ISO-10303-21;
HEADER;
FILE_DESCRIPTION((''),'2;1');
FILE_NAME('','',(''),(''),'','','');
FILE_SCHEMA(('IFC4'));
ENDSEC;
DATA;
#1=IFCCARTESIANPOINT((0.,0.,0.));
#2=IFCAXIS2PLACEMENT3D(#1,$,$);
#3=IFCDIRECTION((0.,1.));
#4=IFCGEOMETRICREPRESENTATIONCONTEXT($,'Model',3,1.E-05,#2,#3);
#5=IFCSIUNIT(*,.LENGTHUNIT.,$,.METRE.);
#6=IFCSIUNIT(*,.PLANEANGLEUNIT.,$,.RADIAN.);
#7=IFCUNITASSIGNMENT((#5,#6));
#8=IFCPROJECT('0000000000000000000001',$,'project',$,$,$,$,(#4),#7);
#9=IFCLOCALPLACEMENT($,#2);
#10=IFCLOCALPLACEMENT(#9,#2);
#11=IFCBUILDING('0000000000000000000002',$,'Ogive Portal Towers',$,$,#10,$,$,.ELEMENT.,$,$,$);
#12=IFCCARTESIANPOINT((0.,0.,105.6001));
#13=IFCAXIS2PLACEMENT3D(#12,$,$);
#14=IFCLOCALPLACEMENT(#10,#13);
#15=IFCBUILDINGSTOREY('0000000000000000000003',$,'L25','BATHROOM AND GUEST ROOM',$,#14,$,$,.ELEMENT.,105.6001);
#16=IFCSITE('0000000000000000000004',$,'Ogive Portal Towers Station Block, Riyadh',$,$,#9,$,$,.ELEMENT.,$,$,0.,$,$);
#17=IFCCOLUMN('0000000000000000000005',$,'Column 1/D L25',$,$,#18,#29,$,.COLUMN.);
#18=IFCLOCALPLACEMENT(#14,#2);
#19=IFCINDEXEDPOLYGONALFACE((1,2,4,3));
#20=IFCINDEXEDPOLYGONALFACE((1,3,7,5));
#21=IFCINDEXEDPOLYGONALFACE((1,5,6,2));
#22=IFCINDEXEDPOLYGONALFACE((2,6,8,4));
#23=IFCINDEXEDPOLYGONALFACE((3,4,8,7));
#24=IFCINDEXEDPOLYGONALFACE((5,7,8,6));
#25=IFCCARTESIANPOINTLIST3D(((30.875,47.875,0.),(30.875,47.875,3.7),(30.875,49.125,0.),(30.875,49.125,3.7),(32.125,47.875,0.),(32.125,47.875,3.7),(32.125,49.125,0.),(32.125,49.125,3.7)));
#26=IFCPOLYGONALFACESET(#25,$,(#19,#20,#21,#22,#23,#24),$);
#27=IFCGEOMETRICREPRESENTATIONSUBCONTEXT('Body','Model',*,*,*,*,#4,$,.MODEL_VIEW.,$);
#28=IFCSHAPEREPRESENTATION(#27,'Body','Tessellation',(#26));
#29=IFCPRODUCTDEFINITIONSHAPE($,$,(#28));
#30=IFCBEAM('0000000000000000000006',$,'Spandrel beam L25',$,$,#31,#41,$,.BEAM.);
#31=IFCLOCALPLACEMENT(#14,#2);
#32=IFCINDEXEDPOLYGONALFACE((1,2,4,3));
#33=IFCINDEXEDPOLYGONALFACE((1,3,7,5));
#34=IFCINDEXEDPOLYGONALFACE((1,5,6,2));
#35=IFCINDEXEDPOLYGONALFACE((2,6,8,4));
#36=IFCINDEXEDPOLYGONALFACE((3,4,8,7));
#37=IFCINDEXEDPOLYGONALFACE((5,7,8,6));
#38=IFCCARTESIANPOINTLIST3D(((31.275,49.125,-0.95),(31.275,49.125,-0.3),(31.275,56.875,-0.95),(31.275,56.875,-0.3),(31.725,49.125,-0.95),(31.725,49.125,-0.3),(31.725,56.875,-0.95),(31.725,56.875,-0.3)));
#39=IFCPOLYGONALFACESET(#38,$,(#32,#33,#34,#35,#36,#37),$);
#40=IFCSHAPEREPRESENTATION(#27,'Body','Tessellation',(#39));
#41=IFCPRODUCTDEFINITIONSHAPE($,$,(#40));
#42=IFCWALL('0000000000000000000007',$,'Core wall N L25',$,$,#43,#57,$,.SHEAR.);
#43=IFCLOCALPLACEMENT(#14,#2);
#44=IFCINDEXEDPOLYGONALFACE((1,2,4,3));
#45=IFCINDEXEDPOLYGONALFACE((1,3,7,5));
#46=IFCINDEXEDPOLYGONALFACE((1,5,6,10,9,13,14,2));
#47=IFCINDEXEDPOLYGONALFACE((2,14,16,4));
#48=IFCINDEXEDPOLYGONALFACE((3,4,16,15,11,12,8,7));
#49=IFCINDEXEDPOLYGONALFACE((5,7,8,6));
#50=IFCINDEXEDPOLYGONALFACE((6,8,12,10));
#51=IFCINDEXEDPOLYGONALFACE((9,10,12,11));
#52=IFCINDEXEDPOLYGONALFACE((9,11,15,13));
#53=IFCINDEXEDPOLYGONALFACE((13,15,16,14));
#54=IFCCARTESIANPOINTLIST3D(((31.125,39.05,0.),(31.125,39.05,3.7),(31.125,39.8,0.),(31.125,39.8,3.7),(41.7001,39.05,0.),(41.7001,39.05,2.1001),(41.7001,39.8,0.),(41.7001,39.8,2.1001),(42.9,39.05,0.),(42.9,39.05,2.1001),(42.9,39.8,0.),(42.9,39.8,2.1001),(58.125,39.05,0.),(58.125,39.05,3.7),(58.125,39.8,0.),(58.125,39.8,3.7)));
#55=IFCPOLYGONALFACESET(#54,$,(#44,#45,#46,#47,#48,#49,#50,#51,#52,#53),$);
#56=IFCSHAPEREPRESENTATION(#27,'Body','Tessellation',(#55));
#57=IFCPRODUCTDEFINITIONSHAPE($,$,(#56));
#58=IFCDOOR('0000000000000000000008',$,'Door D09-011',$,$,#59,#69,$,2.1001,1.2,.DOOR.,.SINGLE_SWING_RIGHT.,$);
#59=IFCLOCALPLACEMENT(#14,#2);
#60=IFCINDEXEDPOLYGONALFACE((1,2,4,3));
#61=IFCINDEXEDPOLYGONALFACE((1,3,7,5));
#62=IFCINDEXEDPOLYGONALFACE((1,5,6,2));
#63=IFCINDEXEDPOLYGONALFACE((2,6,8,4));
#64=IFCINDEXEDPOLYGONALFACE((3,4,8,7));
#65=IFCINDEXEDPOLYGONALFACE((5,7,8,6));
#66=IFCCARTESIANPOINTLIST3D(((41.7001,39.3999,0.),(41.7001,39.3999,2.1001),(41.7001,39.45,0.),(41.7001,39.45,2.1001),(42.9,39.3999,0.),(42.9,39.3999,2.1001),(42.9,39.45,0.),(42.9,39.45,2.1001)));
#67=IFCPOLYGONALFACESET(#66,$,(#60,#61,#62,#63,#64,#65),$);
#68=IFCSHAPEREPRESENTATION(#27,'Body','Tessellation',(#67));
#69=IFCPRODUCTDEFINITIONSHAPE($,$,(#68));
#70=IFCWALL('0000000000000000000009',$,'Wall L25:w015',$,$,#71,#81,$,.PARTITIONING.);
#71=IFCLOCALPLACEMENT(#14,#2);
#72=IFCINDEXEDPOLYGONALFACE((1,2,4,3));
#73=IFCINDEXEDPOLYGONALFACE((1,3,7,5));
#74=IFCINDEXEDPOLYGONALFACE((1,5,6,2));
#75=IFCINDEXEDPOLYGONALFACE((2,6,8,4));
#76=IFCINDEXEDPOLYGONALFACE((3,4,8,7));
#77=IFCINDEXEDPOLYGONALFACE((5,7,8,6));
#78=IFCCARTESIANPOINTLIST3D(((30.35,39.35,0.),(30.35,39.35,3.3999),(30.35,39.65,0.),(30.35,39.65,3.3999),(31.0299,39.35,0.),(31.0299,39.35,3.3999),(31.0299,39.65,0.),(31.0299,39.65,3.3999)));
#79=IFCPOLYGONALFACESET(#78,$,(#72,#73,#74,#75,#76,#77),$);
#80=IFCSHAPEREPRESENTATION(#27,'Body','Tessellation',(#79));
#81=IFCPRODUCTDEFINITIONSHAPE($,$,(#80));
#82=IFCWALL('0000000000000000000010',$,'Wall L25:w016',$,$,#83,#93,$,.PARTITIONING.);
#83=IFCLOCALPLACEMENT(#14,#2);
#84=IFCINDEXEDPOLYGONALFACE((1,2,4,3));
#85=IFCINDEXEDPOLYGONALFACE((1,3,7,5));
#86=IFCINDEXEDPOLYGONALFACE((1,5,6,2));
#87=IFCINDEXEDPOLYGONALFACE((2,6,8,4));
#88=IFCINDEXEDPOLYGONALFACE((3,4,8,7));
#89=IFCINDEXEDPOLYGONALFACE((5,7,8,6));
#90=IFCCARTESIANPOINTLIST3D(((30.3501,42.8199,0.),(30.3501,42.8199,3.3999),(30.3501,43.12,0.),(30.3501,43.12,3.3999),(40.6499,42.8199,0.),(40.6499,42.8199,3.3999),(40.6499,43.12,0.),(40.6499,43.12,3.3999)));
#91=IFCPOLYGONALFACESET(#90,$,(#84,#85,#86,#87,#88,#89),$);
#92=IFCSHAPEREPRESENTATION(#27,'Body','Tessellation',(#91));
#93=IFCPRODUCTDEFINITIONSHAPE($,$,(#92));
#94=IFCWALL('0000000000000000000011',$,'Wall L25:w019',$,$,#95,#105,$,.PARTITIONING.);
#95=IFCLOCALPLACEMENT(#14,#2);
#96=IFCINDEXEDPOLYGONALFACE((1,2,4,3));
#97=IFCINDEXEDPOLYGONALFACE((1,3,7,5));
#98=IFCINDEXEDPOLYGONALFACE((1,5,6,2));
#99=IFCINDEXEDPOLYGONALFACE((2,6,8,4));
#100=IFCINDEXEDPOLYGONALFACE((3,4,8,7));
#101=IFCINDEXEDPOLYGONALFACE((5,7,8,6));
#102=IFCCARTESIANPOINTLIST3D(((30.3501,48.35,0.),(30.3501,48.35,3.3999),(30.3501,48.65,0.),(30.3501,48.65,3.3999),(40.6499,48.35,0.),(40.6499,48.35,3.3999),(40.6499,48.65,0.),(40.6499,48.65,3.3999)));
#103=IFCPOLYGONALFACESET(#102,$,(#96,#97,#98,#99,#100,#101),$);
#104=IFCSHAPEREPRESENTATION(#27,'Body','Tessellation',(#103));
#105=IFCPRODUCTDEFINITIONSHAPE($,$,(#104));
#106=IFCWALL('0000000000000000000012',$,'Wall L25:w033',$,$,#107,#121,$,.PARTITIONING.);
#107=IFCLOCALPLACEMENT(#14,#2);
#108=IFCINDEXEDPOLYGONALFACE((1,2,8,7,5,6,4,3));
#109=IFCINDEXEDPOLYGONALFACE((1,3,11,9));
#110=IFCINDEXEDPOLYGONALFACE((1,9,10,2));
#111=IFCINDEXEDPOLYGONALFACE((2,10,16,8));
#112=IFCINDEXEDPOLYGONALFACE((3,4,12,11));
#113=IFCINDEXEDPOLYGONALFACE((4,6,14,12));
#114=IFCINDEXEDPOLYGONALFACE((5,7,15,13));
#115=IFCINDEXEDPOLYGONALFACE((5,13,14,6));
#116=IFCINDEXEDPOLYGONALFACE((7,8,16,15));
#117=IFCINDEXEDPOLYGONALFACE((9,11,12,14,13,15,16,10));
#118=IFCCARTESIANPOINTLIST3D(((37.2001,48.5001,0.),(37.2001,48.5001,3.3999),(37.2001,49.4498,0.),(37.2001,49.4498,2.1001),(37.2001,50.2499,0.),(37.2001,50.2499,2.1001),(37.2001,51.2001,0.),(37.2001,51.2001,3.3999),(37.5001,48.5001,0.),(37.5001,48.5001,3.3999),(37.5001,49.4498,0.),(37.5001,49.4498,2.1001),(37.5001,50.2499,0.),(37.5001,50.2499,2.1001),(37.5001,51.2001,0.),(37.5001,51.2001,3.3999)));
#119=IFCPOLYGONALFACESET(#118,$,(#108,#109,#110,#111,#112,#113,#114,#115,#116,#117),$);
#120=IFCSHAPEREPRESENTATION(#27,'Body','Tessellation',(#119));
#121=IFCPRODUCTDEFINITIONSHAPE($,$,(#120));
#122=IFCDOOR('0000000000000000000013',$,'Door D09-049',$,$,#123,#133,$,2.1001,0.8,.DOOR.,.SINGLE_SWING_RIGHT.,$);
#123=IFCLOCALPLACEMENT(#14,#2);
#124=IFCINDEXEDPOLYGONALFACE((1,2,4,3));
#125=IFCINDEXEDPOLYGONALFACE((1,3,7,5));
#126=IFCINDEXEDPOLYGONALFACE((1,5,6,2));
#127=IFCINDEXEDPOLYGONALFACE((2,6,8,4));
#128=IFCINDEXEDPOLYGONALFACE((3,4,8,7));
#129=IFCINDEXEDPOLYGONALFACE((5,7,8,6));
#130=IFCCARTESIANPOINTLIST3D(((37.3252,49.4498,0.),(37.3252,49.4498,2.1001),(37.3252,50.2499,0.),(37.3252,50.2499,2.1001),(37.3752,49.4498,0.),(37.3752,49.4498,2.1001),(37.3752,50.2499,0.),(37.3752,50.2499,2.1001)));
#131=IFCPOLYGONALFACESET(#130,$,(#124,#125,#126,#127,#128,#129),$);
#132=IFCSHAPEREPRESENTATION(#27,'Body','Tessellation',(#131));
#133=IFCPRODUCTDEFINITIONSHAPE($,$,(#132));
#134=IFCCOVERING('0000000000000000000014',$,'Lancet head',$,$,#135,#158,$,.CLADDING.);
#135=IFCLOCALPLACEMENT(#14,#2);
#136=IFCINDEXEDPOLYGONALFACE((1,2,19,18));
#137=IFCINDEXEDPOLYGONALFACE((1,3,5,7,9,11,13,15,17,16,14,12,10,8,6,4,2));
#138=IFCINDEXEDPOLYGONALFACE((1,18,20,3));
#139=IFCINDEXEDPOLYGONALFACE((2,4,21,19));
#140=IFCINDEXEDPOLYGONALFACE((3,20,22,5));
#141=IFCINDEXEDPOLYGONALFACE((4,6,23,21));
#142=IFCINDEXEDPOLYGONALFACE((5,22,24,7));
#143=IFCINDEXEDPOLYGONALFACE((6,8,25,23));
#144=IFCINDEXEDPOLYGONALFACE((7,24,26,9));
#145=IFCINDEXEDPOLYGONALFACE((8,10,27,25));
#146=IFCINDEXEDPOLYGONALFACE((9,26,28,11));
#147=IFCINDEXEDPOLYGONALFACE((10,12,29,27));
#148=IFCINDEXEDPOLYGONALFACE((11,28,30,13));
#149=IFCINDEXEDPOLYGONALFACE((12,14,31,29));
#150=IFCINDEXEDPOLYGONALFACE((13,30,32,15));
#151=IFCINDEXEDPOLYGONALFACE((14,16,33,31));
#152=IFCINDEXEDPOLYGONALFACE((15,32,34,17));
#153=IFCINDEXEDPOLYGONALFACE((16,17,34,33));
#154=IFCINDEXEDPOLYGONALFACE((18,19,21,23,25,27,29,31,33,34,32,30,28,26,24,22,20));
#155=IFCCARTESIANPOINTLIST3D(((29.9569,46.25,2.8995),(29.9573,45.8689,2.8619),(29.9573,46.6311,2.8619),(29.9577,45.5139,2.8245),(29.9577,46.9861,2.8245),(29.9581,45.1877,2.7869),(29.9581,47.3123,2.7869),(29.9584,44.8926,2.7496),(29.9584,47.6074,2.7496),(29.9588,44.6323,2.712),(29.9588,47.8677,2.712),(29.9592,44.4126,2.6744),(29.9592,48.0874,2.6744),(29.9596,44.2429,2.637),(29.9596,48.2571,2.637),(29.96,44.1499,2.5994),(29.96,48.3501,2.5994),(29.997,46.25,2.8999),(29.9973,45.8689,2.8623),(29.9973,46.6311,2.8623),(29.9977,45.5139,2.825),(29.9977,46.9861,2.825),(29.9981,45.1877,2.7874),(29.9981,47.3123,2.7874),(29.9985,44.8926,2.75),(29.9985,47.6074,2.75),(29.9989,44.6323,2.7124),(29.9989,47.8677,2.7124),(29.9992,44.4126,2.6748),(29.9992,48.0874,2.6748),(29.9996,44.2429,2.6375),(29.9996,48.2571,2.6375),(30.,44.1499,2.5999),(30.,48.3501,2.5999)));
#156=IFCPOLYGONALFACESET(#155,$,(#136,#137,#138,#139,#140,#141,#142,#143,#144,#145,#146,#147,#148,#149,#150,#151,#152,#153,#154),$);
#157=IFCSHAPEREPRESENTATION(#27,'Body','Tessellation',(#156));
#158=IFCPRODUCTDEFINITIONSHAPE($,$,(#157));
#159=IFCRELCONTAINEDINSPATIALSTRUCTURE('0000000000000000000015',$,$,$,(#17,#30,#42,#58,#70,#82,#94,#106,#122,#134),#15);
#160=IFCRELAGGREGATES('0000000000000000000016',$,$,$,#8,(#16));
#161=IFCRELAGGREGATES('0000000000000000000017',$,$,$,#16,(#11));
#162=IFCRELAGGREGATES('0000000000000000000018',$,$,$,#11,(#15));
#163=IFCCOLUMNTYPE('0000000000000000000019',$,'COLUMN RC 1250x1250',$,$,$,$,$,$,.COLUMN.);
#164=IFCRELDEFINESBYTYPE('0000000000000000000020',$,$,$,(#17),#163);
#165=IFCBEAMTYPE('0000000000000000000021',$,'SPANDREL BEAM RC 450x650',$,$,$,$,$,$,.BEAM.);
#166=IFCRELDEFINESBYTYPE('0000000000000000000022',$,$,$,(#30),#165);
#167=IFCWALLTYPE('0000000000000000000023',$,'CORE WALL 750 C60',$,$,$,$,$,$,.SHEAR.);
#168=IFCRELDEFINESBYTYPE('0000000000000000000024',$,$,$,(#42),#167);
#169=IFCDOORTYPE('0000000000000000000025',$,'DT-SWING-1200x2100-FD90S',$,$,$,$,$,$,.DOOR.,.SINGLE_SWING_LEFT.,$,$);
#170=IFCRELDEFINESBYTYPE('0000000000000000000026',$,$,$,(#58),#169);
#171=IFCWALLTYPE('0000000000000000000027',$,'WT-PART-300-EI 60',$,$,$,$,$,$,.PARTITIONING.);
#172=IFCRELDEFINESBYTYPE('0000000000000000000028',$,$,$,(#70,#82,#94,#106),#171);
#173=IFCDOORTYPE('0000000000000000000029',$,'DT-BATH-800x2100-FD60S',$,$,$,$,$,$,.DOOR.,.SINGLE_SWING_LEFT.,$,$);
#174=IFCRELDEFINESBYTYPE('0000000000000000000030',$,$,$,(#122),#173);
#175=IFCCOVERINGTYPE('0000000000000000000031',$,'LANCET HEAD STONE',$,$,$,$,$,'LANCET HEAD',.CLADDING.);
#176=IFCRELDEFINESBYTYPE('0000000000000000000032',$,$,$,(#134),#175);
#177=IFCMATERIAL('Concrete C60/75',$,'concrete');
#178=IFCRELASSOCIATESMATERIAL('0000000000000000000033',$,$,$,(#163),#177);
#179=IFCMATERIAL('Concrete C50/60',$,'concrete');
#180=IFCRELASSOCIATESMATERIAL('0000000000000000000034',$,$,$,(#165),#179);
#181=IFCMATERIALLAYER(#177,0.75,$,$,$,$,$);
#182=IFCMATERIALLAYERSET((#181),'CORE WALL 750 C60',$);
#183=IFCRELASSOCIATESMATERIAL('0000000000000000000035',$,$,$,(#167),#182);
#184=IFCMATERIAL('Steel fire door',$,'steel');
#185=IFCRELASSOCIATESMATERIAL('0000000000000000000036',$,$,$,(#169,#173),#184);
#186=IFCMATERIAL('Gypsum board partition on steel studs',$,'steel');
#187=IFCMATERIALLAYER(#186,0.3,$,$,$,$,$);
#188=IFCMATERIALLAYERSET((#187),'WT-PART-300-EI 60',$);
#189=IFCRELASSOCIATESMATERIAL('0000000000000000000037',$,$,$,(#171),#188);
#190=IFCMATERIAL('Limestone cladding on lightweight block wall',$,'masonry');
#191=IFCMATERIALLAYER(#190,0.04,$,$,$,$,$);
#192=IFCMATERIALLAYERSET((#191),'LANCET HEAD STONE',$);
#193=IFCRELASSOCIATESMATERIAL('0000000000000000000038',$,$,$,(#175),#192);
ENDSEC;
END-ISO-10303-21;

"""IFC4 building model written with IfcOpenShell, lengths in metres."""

from ifc_helpers import new_model, si_unit, direction, frame, frame_2d, origin, origin_2d, place, context, subcontext, project, spatial, polyline, rectangle, outline, extrude, material, layer, layer_set, material_profile, profile_set, type_object, element, fill, save


model = new_model("IFC4")

# Units and contexts
model_context = context("Model", 3, precision=1e-05, world=origin(), true_north=direction((0.0, 1.0)))
body_context = subcontext(model_context, "Body", "Model", "MODEL_VIEW")
ifc_project = project(units=[si_unit("LENGTHUNIT", "METRE"), si_unit("PLANEANGLEUNIT", "RADIAN")], contexts=[model_context])

# Site, building, storey
site_placement = place(None, origin())
site = spatial("IfcSite", under=ifc_project, at=site_placement, Name="Ogive Portal Towers Station Block, Riyadh", CompositionType="ELEMENT", RefElevation=0.0)
building_placement = place(site_placement, origin())
building = spatial("IfcBuilding", under=site, at=building_placement, Name="Ogive Portal Towers", CompositionType="ELEMENT")
storey_placement = place(building_placement, frame((0.0, 0.0, 105.6001)))
storey = spatial("IfcBuildingStorey", under=building, at=storey_placement, Name="L25", Description="BATHROOM AND GUEST ROOM", CompositionType="ELEMENT", Elevation=105.6001)

# Column
ifc_material_1 = material(Name="Concrete C60/75", Category="concrete")
ifc_material_profile_1 = material_profile(ifc_material_1, rectangle(XDim=1.25, YDim=1.25, at=origin_2d()), Name="RC 1250x1250")
ifc_profile_set_1 = profile_set([ifc_material_profile_1], Name="Concrete C60/75")
column_type = type_object("IfcColumnType", Name="COLUMN RC 1250x1250", PredefinedType="COLUMN", material=ifc_profile_set_1)
column_placement = place(storey_placement, frame((31.5, 48.5, 0.0), z_axis=(0.0, 0.0, 1.0), x_axis=(1.0, 0.0, 0.0)))
element("IfcColumn", 1, at=column_placement, inside=storey, type_object=column_type, Name="Column 1/D L25", PredefinedType="COLUMN", context=body_context, shape_type="SweptSolid", body=[
    extrude(rectangle(XDim=1.25, YDim=1.25, at=origin_2d()), origin(), (0.0, 0.0, 1.0), 3.7),
])

# Beam
ifc_material_2 = material(Name="Concrete C50/60", Category="concrete")
ifc_material_profile_2 = material_profile(ifc_material_2, rectangle(XDim=0.45, YDim=0.6499, at=origin_2d()), Name="RC 450x650")
ifc_profile_set_2 = profile_set([ifc_material_profile_2], Name="Concrete C50/60")
beam_type = type_object("IfcBeamType", Name="SPANDREL BEAM RC 450x650", PredefinedType="BEAM", material=ifc_profile_set_2)
beam_placement = place(storey_placement, frame((31.5, 49.125, -0.625), z_axis=(0.0, 1.0, 0.0), x_axis=(-1.0, 0.0, 0.0)))
element("IfcBeam", 2, at=beam_placement, inside=storey, type_object=beam_type, Name="Spandrel beam L25", PredefinedType="BEAM", context=body_context, shape_type="SweptSolid", body=[
    extrude(rectangle(XDim=0.45, YDim=0.6499, at=origin_2d()), origin(), (0.0, 0.0, 1.0), 7.75),
])

# Wall, opening, door
ifc_layer_1 = layer(ifc_material_1, 0.75)
ifc_layer_set_1 = layer_set([ifc_layer_1], Name="CORE WALL 750 C60")
wall_type_1 = type_object("IfcWallType", Name="CORE WALL 750 C60", PredefinedType="SHEAR", material=ifc_layer_set_1)
wall_1_placement = place(storey_placement, frame((31.125, 39.425, 0.0), z_axis=(0.0, 0.0, 1.0), x_axis=(1.0, 0.0, 0.0)))
wall_1 = element("IfcWall", 3, at=wall_1_placement, inside=storey, type_object=wall_type_1, Name="Core wall N L25", PredefinedType="SHEAR", context=body_context, shape_type="SweptSolid", body=[
    extrude(rectangle(XDim=27.0, YDim=0.75, at=frame_2d((13.5, 0.0))), origin(), (0.0, 0.0, 1.0), 3.7),
])
opening_1_placement = place(wall_1_placement, frame((10.575, 0.0, 0.0)))
opening_1 = element("IfcOpeningElement", 4, at=opening_1_placement, cuts=wall_1, PredefinedType="OPENING", context=body_context, shape_type="SweptSolid", body=[
    extrude(rectangle(XDim=1.2, YDim=2.1001, at=frame_2d((0.6001, 1.05))), frame((0.0, 0.385, 0.0), z_axis=(0.0, -1.0, 0.0), x_axis=(1.0, 0.0, 0.0)), (0.0, 0.0, 1.0), 0.77),
])
ifc_material_3 = material(Name="Steel fire door", Category="steel")
door_type_1 = type_object("IfcDoorType", Name="DT-SWING-1200x2100-FD90S", OperationType="SINGLE_SWING_LEFT", PredefinedType="DOOR", material=ifc_material_3)
door_1_placement = place(opening_1_placement, origin())
door_1 = element("IfcDoor", 5, at=door_1_placement, inside=storey, type_object=door_type_1, Name="Door D09-011", OperationType="SINGLE_SWING_RIGHT", OverallHeight=2.1001, OverallWidth=1.2, PredefinedType="DOOR", context=body_context, shape_type="SweptSolid", body=[
    extrude(rectangle(XDim=1.2, YDim=2.1001, at=frame_2d((0.6001, 1.05))), frame((0.0, 0.0249, 0.0), z_axis=(0.0, -1.0, 0.0), x_axis=(1.0, 0.0, 0.0)), (0.0, 0.0, 1.0), 0.05),
])
fill(opening_1, door_1)

# Walls
ifc_material_4 = material(Name="Gypsum board partition on steel studs", Category="steel")
ifc_layer_2 = layer(ifc_material_4, 0.3)
ifc_layer_set_2 = layer_set([ifc_layer_2], Name="WT-PART-300-EI 60")
wall_type_2 = type_object("IfcWallType", Name="WT-PART-300-EI 60", PredefinedType="PARTITIONING", material=ifc_layer_set_2)
wall_2_placement = place(storey_placement, frame((30.3501, 39.5, 0.0), z_axis=(0.0, 0.0, 1.0), x_axis=(1.0, 0.0, 0.0)))
element("IfcWall", 6, at=wall_2_placement, inside=storey, type_object=wall_type_2, Name="Wall L25:w015", PredefinedType="PARTITIONING", context=body_context, shape_type="SweptSolid", body=[
    extrude(rectangle(XDim=0.6799, YDim=0.3, at=frame_2d((0.3398, 0.0))), origin(), (0.0, 0.0, 1.0), 3.3999),
])
for number, where, z_axis, x_axis, name in (
    (7, (30.3501, 42.97, 0.0), (0.0, 0.0, 1.0), (1.0, 0.0, 0.0), "Wall L25:w016"),
    (8, (30.3501, 48.5, 0.0), (0.0, 0.0, 1.0), (1.0, 0.0, 0.0), "Wall L25:w019"),
):
    element("IfcWall", number, at=place(storey_placement, frame(where, z_axis=z_axis, x_axis=x_axis)), inside=storey, type_object=wall_type_2, Name=name, PredefinedType="PARTITIONING", context=body_context, shape_type="SweptSolid", body=[
        extrude(rectangle(XDim=10.2998, YDim=0.3, at=frame_2d((5.1499, 0.0))), origin(), (0.0, 0.0, 1.0), 3.3999),
    ])

# Wall, opening, door
wall_3_placement = place(storey_placement, frame((37.3501, 48.5, 0.0), z_axis=(0.0, 0.0, 1.0), x_axis=(0.0, 1.0, 0.0)))
wall_3 = element("IfcWall", 9, at=wall_3_placement, inside=storey, type_object=wall_type_2, Name="Wall L25:w033", PredefinedType="PARTITIONING", context=body_context, shape_type="SweptSolid", body=[
    extrude(rectangle(XDim=2.7, YDim=0.3, at=frame_2d((1.3501, 0.0))), origin(), (0.0, 0.0, 1.0), 3.3999),
])
opening_2_placement = place(wall_3_placement, frame((0.95, 0.0, 0.0)))
opening_2 = element("IfcOpeningElement", 10, at=opening_2_placement, cuts=wall_3, PredefinedType="OPENING", context=body_context, shape_type="SweptSolid", body=[
    extrude(rectangle(XDim=0.8, YDim=2.1001, at=frame_2d((0.3999, 1.05))), frame((0.0, 0.1602, 0.0), z_axis=(0.0, -1.0, 0.0), x_axis=(1.0, 0.0, 0.0)), (0.0, 0.0, 1.0), 0.3201),
])
door_type_2 = type_object("IfcDoorType", Name="DT-BATH-800x2100-FD60S", OperationType="SINGLE_SWING_LEFT", PredefinedType="DOOR", material=ifc_material_3)
door_2_placement = place(opening_2_placement, origin())
door_2 = element("IfcDoor", 11, at=door_2_placement, inside=storey, type_object=door_type_2, Name="Door D09-049", OperationType="SINGLE_SWING_RIGHT", OverallHeight=2.1001, OverallWidth=0.8, PredefinedType="DOOR", context=body_context, shape_type="SweptSolid", body=[
    extrude(rectangle(XDim=0.8, YDim=2.1001, at=frame_2d((0.3999, 1.05))), frame((0.0, 0.0249, 0.0), z_axis=(0.0, -1.0, 0.0), x_axis=(1.0, 0.0, 0.0)), (0.0, 0.0, 1.0), 0.05),
])
fill(opening_2, door_2)

# Covering
ifc_material_5 = material(Name="Limestone cladding on lightweight block wall", Category="masonry")
ifc_layer_3 = layer(ifc_material_5, 0.04)
ifc_layer_set_3 = layer_set([ifc_layer_3], Name="LANCET HEAD STONE")
covering_type = type_object("IfcCoveringType", Name="LANCET HEAD STONE", ElementType="LANCET HEAD", PredefinedType="CLADDING", material=ifc_layer_set_3)
for number, where, z_axis, x_axis, name in (
    (12, (30.0, 48.3501, 2.5999), (0.999949, 0.0, 0.010103), (0.0, -1.0, 0.0), "Lancet head"),
):
    element("IfcCovering", number, at=place(storey_placement, frame(where, z_axis=z_axis, x_axis=x_axis)), inside=storey, type_object=covering_type, Name=name, PredefinedType="CLADDING", context=body_context, shape_type="SweptSolid", body=[
        extrude(outline(polyline([(0.0, 0.0), (4.2002, 0.0), (4.1072, -0.0376), (3.9375, -0.075), (3.7178, -0.1126), (3.4575, -0.1502), (3.1624, -0.1875), (2.8362, -0.2251), (2.4812, -0.2625), (2.1001, -0.3001), (1.719, -0.2625), (1.364, -0.2251), (1.0378, -0.1875), (0.7427, -0.1502), (0.4824, -0.1126), (0.2627, -0.075), (0.093, -0.0376), (0.0, 0.0)])), origin(), (0.0, 0.0, -1.0), 0.04),
    ])

save(model, "model.ifc")
